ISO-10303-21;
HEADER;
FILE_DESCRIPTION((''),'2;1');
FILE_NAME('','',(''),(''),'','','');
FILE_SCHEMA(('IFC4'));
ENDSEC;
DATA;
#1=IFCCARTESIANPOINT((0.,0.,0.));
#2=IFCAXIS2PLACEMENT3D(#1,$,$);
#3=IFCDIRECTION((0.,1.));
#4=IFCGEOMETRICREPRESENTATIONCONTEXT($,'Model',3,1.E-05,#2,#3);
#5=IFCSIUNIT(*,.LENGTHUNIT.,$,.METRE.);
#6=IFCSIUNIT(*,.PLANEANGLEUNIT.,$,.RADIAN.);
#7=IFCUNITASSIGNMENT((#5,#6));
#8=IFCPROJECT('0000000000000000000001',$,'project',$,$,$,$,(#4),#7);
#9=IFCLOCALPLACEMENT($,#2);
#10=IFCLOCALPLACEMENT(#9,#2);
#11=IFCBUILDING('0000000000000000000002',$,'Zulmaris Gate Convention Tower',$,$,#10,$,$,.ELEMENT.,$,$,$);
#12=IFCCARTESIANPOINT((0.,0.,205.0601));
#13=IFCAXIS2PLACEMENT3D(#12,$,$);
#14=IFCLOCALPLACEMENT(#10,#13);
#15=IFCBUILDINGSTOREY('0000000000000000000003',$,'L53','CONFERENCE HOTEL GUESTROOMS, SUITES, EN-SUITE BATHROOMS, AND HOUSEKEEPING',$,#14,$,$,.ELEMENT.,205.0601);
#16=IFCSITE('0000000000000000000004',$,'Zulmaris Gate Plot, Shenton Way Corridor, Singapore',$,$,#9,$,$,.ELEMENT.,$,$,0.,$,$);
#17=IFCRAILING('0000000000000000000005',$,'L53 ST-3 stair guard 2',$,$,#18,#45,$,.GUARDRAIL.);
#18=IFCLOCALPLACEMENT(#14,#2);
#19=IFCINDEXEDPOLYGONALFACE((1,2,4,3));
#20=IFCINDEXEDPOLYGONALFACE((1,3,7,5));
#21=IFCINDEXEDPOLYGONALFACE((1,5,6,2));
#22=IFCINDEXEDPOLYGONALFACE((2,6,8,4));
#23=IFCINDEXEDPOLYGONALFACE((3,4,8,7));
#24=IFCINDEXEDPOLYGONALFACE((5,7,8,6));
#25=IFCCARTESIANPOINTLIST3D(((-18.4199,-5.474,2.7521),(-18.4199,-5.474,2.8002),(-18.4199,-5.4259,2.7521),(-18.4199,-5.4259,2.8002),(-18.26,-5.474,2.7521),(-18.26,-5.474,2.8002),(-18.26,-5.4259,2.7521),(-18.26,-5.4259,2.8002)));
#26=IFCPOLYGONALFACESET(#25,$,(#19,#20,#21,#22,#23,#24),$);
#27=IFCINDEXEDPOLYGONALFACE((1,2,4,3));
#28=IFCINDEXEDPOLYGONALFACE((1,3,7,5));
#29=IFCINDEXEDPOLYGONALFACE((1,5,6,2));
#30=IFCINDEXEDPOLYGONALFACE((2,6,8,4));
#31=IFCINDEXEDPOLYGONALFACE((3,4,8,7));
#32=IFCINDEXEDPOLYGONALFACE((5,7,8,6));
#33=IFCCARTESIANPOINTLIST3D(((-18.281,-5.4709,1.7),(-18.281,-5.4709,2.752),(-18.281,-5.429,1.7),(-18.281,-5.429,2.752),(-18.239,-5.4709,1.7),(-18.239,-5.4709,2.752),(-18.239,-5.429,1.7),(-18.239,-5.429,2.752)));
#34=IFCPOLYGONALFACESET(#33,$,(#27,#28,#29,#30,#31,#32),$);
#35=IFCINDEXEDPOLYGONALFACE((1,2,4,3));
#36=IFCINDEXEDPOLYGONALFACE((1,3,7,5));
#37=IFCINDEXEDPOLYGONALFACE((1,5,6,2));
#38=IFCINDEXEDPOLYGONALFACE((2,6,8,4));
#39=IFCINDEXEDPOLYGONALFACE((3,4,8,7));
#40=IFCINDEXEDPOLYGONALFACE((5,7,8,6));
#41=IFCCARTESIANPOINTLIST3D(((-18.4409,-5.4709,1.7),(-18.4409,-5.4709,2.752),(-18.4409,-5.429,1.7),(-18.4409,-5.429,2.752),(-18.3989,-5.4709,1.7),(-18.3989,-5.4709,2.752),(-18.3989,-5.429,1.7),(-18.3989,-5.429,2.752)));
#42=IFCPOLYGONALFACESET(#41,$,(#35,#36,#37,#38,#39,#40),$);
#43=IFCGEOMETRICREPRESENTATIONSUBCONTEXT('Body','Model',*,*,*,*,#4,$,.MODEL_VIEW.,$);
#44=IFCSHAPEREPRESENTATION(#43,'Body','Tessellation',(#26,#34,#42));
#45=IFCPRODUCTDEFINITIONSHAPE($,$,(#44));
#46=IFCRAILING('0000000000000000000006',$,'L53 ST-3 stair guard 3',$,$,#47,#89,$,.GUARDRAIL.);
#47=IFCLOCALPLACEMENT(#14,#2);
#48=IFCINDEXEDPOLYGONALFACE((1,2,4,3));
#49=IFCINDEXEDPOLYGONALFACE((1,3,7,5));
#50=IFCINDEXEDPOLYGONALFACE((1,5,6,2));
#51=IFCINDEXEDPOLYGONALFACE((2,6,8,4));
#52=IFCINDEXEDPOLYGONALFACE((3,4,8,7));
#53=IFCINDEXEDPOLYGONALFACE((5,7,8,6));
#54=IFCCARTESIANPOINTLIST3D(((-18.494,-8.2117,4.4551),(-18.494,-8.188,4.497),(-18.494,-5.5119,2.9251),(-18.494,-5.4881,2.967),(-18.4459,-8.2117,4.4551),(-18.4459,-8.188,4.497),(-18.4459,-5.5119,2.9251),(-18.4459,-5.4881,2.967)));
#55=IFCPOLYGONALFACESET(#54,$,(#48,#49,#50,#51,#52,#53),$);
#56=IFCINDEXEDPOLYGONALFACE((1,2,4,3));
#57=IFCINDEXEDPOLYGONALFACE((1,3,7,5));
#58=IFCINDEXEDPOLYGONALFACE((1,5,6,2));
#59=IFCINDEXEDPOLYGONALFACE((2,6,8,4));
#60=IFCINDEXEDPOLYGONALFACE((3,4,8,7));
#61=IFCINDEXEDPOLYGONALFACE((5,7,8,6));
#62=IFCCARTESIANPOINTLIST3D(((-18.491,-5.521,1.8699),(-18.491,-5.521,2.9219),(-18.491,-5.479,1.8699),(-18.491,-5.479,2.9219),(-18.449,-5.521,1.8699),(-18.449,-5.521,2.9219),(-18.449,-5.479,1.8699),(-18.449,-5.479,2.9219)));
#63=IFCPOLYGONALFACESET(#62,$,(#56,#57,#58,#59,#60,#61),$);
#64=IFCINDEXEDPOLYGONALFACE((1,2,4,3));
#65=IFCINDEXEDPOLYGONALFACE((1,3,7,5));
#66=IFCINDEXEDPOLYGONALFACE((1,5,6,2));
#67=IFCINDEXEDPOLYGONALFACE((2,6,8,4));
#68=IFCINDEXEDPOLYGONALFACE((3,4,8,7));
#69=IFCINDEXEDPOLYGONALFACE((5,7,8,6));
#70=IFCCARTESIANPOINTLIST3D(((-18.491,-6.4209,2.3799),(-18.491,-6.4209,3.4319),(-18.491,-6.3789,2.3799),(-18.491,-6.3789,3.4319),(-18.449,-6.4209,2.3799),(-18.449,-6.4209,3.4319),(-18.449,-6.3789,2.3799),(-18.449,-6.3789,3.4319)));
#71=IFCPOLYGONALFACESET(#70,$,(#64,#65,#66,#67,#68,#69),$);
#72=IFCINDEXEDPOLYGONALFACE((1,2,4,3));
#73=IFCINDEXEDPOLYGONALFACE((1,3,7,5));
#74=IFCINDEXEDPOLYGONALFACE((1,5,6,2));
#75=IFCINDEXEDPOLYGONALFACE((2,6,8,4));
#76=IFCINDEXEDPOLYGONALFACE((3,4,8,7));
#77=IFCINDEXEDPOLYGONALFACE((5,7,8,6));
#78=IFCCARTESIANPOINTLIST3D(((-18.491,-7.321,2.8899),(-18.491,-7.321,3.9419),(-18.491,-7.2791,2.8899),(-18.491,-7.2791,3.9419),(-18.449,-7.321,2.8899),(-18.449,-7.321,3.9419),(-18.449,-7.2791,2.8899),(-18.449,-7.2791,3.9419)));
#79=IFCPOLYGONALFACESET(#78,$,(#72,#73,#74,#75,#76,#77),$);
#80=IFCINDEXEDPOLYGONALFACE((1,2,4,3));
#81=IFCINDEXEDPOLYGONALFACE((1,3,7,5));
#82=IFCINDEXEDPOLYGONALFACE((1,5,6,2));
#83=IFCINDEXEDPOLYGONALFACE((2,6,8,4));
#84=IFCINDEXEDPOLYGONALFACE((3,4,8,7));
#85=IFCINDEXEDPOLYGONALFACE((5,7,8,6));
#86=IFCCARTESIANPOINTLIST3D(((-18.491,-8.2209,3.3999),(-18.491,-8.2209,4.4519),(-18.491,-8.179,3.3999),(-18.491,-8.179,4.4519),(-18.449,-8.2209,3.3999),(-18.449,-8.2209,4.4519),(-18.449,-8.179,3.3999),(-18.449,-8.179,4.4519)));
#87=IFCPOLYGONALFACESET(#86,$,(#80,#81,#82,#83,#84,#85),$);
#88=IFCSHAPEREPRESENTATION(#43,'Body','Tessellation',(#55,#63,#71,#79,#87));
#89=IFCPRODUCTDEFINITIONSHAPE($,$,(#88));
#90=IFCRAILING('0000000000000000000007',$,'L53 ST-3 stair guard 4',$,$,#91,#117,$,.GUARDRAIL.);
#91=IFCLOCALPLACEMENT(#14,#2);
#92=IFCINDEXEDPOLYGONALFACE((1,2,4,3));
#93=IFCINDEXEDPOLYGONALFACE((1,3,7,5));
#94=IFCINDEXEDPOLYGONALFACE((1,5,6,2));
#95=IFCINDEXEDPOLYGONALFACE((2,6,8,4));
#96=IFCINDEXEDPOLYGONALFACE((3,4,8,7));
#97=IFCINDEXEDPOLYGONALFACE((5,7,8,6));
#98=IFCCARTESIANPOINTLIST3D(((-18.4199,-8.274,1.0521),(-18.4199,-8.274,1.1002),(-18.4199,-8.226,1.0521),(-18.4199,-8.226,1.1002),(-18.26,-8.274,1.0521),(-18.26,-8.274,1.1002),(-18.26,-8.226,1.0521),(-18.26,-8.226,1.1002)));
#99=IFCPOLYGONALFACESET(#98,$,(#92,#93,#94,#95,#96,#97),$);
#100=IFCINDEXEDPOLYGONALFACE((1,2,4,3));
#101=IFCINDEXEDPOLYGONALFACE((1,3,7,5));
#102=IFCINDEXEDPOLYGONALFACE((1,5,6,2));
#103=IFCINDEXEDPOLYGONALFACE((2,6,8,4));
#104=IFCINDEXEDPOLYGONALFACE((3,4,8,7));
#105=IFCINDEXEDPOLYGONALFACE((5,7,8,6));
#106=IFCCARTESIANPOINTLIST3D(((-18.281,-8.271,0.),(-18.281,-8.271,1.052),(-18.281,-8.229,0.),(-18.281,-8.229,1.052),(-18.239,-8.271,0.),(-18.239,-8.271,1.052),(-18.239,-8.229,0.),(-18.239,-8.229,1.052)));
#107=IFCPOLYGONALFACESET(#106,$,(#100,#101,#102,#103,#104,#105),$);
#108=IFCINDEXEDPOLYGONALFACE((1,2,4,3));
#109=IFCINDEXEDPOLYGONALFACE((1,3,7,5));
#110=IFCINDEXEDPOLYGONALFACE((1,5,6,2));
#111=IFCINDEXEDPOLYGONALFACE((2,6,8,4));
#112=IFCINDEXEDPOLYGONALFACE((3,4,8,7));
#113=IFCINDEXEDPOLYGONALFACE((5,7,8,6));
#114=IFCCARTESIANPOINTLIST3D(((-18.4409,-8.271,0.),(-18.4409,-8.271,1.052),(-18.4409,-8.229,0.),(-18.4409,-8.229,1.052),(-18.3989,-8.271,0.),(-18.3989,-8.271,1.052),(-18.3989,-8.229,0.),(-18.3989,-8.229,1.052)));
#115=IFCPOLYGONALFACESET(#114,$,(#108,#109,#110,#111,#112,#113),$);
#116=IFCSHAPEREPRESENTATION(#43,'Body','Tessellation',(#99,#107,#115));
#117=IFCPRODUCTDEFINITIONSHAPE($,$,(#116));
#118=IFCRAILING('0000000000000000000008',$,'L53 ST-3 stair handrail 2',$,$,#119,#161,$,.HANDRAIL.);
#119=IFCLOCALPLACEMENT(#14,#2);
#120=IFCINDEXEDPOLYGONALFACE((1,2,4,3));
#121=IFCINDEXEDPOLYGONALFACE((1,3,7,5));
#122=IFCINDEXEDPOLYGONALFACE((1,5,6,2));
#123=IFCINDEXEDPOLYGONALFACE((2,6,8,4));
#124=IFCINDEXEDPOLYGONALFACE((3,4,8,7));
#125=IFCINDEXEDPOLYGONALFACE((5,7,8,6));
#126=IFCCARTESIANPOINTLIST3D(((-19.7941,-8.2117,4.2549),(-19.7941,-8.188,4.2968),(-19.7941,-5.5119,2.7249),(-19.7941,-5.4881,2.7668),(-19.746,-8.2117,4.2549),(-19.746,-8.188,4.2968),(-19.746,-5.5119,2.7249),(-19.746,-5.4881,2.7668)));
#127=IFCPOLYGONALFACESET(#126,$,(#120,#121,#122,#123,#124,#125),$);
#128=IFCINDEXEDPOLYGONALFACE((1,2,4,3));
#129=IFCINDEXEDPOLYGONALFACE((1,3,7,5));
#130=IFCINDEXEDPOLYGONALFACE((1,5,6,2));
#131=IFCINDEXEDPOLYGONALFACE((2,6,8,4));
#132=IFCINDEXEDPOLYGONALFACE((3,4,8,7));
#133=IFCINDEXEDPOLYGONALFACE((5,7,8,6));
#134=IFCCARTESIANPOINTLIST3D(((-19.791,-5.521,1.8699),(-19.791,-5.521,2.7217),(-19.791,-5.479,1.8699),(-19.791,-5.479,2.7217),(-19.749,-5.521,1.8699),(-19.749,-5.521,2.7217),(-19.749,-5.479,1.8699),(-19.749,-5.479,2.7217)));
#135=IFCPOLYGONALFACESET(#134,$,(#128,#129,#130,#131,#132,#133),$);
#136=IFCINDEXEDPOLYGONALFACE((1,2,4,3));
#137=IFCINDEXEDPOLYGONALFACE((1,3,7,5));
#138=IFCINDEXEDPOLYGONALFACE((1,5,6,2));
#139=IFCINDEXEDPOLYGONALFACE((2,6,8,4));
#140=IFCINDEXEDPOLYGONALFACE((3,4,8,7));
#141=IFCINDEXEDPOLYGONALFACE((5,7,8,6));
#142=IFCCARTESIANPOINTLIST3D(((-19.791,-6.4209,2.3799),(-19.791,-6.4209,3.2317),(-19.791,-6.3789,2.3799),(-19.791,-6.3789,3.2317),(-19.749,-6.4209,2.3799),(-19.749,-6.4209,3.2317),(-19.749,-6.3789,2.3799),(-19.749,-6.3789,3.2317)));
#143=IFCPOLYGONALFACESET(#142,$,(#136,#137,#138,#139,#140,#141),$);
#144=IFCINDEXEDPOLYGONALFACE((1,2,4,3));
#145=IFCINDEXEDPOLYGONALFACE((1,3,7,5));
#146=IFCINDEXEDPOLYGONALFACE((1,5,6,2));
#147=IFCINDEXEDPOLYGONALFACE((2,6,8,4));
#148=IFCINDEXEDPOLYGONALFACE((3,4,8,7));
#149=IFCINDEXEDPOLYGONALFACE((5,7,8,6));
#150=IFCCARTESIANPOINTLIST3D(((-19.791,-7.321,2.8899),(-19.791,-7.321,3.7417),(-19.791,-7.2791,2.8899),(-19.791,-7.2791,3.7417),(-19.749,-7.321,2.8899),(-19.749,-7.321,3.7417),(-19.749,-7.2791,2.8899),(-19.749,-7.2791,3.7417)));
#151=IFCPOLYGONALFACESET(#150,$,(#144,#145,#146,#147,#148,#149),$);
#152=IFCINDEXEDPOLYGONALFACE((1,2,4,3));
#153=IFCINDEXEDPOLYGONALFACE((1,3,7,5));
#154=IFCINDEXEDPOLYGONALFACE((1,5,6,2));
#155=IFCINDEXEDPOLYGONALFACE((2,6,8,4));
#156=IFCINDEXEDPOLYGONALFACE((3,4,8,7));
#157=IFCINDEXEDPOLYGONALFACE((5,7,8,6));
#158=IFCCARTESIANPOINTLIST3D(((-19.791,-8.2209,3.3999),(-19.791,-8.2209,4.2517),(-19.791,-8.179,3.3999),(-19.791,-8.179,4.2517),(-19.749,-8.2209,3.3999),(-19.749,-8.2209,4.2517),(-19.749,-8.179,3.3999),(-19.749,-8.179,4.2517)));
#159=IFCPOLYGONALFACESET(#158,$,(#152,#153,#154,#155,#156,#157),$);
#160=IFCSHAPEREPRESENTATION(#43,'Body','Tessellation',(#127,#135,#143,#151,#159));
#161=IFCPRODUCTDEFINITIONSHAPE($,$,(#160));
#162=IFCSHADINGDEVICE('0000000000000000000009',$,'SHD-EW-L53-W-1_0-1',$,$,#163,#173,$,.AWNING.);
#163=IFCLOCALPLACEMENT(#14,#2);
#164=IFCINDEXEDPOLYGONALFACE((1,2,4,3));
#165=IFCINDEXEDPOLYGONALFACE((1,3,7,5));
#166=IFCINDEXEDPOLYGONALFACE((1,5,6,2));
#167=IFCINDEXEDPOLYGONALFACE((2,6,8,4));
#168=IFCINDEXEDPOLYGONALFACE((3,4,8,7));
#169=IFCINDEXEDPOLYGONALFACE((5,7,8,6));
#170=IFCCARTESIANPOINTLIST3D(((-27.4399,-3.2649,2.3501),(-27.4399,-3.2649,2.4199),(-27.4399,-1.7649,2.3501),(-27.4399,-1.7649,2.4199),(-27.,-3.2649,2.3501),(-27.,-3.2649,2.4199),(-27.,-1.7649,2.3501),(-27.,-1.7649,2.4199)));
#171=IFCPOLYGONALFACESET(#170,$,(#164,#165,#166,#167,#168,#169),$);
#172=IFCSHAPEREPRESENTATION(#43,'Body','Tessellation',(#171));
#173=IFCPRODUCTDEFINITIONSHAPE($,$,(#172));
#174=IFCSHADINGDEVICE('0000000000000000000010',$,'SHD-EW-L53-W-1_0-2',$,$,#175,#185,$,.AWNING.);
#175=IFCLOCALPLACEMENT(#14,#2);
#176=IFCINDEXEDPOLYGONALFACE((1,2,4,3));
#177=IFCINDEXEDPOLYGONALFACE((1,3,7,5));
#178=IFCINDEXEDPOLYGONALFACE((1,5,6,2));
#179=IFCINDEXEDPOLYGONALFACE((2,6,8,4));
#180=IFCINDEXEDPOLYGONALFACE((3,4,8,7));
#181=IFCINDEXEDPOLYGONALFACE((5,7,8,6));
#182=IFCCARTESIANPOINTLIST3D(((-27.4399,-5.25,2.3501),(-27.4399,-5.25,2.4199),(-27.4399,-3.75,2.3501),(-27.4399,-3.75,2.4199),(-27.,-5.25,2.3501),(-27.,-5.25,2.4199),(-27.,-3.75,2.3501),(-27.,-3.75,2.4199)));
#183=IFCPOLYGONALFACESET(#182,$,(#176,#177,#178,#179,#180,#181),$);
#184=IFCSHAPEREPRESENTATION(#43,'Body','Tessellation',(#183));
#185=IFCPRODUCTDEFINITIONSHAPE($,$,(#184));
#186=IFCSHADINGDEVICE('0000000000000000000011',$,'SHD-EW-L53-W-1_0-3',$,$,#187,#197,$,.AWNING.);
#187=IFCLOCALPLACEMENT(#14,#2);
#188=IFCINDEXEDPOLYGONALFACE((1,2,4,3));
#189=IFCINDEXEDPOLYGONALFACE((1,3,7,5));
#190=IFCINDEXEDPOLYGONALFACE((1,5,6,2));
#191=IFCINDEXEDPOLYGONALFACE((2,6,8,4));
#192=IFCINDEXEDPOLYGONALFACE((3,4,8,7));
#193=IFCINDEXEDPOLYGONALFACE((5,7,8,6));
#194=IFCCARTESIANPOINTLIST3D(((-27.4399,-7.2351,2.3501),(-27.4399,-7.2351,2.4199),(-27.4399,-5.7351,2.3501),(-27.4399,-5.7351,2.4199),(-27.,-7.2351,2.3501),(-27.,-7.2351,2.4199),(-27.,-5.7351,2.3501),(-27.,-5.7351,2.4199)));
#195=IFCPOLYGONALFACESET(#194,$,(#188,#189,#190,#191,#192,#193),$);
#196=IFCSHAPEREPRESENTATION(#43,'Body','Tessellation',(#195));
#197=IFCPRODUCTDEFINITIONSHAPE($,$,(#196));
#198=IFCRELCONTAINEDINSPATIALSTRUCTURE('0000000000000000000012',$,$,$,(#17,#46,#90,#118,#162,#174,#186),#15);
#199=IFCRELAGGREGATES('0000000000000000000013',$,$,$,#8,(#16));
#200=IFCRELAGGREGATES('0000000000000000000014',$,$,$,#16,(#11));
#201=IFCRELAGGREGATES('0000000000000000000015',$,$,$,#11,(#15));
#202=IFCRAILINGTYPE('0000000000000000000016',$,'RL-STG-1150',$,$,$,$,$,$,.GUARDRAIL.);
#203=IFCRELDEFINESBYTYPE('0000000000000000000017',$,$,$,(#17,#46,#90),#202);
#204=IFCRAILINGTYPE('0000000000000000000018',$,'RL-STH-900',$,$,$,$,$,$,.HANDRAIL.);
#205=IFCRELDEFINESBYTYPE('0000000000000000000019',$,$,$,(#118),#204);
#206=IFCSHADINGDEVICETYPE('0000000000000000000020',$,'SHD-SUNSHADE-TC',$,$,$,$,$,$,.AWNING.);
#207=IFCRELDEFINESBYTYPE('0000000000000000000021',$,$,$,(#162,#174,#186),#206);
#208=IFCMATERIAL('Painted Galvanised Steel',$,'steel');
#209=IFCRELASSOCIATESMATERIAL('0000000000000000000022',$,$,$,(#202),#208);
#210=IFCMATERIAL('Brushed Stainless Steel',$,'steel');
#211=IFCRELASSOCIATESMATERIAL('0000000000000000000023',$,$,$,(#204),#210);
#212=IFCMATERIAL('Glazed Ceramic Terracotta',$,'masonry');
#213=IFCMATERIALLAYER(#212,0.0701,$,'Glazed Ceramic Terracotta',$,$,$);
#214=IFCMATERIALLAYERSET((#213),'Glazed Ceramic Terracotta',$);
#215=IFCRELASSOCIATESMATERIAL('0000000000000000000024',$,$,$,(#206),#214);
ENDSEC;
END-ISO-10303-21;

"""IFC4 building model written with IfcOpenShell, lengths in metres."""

from ifc_helpers import new_model, si_unit, direction, frame, frame_2d, origin, origin_2d, place, context, subcontext, project, spatial, rectangle, extrude, material, layer, layer_set, type_object, element, save


model = new_model("IFC4")

# Units and contexts
model_context = context("Model", 3, precision=1e-05, world=origin(), true_north=direction((0.0, 1.0)))
body_context = subcontext(model_context, "Body", "Model", "MODEL_VIEW")
ifc_project = project(units=[si_unit("LENGTHUNIT", "METRE"), si_unit("PLANEANGLEUNIT", "RADIAN")], contexts=[model_context])

# Site, building, storey
site_placement = place(None, origin())
site = spatial("IfcSite", under=ifc_project, at=site_placement, Name="Zulmaris Gate Plot, Shenton Way Corridor, Singapore", CompositionType="ELEMENT", RefElevation=0.0)
building_placement = place(site_placement, origin())
building = spatial("IfcBuilding", under=site, at=building_placement, Name="Zulmaris Gate Convention Tower", CompositionType="ELEMENT")
storey_placement = place(building_placement, frame((0.0, 0.0, 205.0601)))
storey = spatial("IfcBuildingStorey", under=building, at=storey_placement, Name="L53", Description="CONFERENCE HOTEL GUESTROOMS, SUITES, EN-SUITE BATHROOMS, AND HOUSEKEEPING", CompositionType="ELEMENT", Elevation=205.0601)

# Railings
ifc_material_1 = material(Name="Painted Galvanised Steel", Category="steel")
railing_type_1 = type_object("IfcRailingType", Name="RL-STG-1150", PredefinedType="GUARDRAIL", material=ifc_material_1)
railing_1_placement = place(storey_placement, frame((-18.26, -5.45, 1.7)))
element("IfcRailing", 1, at=railing_1_placement, inside=storey, type_object=railing_type_1, Name="L53 ST-3 stair guard 2", PredefinedType="GUARDRAIL", context=body_context, shape_type="SweptSolid", body=[
    extrude(rectangle(XDim=0.0481, YDim=0.0481, at=origin_2d()), frame((0.0, 0.0, 1.0762), z_axis=(-1.0, 0.0, 0.0), x_axis=(0.0, -1.0, 0.0)), (0.0, 0.0, 1.0), 0.1599),
    extrude(rectangle(XDim=0.042, YDim=0.042, at=origin_2d()), origin(), (0.0, 0.0, 1.0), 1.052),
    extrude(rectangle(XDim=0.042, YDim=0.042, at=origin_2d()), frame((-0.1599, 0.0, 0.0)), (0.0, 0.0, 1.0), 1.052),
])
railing_2_placement = place(storey_placement, frame((-18.47, -5.5, 1.8699)))
element("IfcRailing", 2, at=railing_2_placement, inside=storey, type_object=railing_type_1, Name="L53 ST-3 stair guard 3", PredefinedType="GUARDRAIL", context=body_context, shape_type="SweptSolid", body=[
    extrude(rectangle(XDim=0.0481, YDim=0.0481, at=origin_2d()), frame((0.0, 0.0, 1.0762), z_axis=(0.0, -0.870014, 0.493026), x_axis=(1.0, 0.0, 0.0)), (0.0, 0.0, 1.0), 3.1033),
    extrude(rectangle(XDim=0.042, YDim=0.042, at=origin_2d()), origin(), (0.0, 0.0, 1.0), 1.052),
    extrude(rectangle(XDim=0.042, YDim=0.042, at=origin_2d()), frame((0.0, -0.8999, 0.51)), (0.0, 0.0, 1.0), 1.052),
    extrude(rectangle(XDim=0.042, YDim=0.042, at=origin_2d()), frame((0.0, -1.8, 1.02)), (0.0, 0.0, 1.0), 1.052),
    extrude(rectangle(XDim=0.042, YDim=0.042, at=origin_2d()), frame((0.0, -2.7, 1.53)), (0.0, 0.0, 1.0), 1.052),
])
railing_3_placement = place(storey_placement, frame((-18.26, -8.25, 0.0)))
element("IfcRailing", 3, at=railing_3_placement, inside=storey, type_object=railing_type_1, Name="L53 ST-3 stair guard 4", PredefinedType="GUARDRAIL", context=body_context, shape_type="SweptSolid", body=[
    extrude(rectangle(XDim=0.0481, YDim=0.0481, at=origin_2d()), frame((0.0, 0.0, 1.0762), z_axis=(-1.0, 0.0, 0.0), x_axis=(0.0, -1.0, 0.0)), (0.0, 0.0, 1.0), 0.1599),
    extrude(rectangle(XDim=0.042, YDim=0.042, at=origin_2d()), origin(), (0.0, 0.0, 1.0), 1.052),
    extrude(rectangle(XDim=0.042, YDim=0.042, at=origin_2d()), frame((-0.1599, 0.0, 0.0)), (0.0, 0.0, 1.0), 1.052),
])
ifc_material_2 = material(Name="Brushed Stainless Steel", Category="steel")
railing_type_2 = type_object("IfcRailingType", Name="RL-STH-900", PredefinedType="HANDRAIL", material=ifc_material_2)
railing_4_placement = place(storey_placement, frame((-19.77, -5.5, 1.8699)))
element("IfcRailing", 4, at=railing_4_placement, inside=storey, type_object=railing_type_2, Name="L53 ST-3 stair handrail 2", PredefinedType="HANDRAIL", context=body_context, shape_type="SweptSolid", body=[
    extrude(rectangle(XDim=0.0481, YDim=0.0481, at=origin_2d()), frame((0.0, 0.0, 0.876), z_axis=(0.0, -0.870014, 0.493026), x_axis=(1.0, 0.0, 0.0)), (0.0, 0.0, 1.0), 3.1033),
    extrude(rectangle(XDim=0.042, YDim=0.042, at=origin_2d()), origin(), (0.0, 0.0, 1.0), 0.8518),
    extrude(rectangle(XDim=0.042, YDim=0.042, at=origin_2d()), frame((0.0, -0.8999, 0.51)), (0.0, 0.0, 1.0), 0.8518),
    extrude(rectangle(XDim=0.042, YDim=0.042, at=origin_2d()), frame((0.0, -1.8, 1.02)), (0.0, 0.0, 1.0), 0.8518),
    extrude(rectangle(XDim=0.042, YDim=0.042, at=origin_2d()), frame((0.0, -2.7, 1.53)), (0.0, 0.0, 1.0), 0.8518),
])

# Shading devices
ifc_material_3 = material(Name="Glazed Ceramic Terracotta", Category="masonry")
ifc_layer_1 = layer(ifc_material_3, 0.0701, Name="Glazed Ceramic Terracotta")
ifc_layer_set_1 = layer_set([ifc_layer_1], Name="Glazed Ceramic Terracotta")
shading_device_type = type_object("IfcShadingDeviceType", Name="SHD-SUNSHADE-TC", PredefinedType="AWNING", material=ifc_layer_set_1)
for number, where, z_axis, x_axis, name in (
    (5, (-27.22, -1.7649, 2.3501), (0.0, 0.0, 1.0), (0.0, -1.0, 0.0), "SHD-EW-L53-W-1_0-1"),
    (6, (-27.22, -3.75, 2.3501), (0.0, 0.0, 1.0), (0.0, -1.0, 0.0), "SHD-EW-L53-W-1_0-2"),
    (7, (-27.22, -5.7351, 2.3501), (0.0, 0.0, 1.0), (0.0, -1.0, 0.0), "SHD-EW-L53-W-1_0-3"),
):
    element("IfcShadingDevice", number, at=place(storey_placement, frame(where, z_axis=z_axis, x_axis=x_axis)), inside=storey, type_object=shading_device_type, Name=name, PredefinedType="AWNING", context=body_context, shape_type="SweptSolid", body=[
        extrude(rectangle(XDim=1.5, YDim=0.4399, at=frame_2d((0.75, 0.0))), origin(), (0.0, 0.0, 1.0), 0.0698),
    ])

save(model, "model.ifc")
